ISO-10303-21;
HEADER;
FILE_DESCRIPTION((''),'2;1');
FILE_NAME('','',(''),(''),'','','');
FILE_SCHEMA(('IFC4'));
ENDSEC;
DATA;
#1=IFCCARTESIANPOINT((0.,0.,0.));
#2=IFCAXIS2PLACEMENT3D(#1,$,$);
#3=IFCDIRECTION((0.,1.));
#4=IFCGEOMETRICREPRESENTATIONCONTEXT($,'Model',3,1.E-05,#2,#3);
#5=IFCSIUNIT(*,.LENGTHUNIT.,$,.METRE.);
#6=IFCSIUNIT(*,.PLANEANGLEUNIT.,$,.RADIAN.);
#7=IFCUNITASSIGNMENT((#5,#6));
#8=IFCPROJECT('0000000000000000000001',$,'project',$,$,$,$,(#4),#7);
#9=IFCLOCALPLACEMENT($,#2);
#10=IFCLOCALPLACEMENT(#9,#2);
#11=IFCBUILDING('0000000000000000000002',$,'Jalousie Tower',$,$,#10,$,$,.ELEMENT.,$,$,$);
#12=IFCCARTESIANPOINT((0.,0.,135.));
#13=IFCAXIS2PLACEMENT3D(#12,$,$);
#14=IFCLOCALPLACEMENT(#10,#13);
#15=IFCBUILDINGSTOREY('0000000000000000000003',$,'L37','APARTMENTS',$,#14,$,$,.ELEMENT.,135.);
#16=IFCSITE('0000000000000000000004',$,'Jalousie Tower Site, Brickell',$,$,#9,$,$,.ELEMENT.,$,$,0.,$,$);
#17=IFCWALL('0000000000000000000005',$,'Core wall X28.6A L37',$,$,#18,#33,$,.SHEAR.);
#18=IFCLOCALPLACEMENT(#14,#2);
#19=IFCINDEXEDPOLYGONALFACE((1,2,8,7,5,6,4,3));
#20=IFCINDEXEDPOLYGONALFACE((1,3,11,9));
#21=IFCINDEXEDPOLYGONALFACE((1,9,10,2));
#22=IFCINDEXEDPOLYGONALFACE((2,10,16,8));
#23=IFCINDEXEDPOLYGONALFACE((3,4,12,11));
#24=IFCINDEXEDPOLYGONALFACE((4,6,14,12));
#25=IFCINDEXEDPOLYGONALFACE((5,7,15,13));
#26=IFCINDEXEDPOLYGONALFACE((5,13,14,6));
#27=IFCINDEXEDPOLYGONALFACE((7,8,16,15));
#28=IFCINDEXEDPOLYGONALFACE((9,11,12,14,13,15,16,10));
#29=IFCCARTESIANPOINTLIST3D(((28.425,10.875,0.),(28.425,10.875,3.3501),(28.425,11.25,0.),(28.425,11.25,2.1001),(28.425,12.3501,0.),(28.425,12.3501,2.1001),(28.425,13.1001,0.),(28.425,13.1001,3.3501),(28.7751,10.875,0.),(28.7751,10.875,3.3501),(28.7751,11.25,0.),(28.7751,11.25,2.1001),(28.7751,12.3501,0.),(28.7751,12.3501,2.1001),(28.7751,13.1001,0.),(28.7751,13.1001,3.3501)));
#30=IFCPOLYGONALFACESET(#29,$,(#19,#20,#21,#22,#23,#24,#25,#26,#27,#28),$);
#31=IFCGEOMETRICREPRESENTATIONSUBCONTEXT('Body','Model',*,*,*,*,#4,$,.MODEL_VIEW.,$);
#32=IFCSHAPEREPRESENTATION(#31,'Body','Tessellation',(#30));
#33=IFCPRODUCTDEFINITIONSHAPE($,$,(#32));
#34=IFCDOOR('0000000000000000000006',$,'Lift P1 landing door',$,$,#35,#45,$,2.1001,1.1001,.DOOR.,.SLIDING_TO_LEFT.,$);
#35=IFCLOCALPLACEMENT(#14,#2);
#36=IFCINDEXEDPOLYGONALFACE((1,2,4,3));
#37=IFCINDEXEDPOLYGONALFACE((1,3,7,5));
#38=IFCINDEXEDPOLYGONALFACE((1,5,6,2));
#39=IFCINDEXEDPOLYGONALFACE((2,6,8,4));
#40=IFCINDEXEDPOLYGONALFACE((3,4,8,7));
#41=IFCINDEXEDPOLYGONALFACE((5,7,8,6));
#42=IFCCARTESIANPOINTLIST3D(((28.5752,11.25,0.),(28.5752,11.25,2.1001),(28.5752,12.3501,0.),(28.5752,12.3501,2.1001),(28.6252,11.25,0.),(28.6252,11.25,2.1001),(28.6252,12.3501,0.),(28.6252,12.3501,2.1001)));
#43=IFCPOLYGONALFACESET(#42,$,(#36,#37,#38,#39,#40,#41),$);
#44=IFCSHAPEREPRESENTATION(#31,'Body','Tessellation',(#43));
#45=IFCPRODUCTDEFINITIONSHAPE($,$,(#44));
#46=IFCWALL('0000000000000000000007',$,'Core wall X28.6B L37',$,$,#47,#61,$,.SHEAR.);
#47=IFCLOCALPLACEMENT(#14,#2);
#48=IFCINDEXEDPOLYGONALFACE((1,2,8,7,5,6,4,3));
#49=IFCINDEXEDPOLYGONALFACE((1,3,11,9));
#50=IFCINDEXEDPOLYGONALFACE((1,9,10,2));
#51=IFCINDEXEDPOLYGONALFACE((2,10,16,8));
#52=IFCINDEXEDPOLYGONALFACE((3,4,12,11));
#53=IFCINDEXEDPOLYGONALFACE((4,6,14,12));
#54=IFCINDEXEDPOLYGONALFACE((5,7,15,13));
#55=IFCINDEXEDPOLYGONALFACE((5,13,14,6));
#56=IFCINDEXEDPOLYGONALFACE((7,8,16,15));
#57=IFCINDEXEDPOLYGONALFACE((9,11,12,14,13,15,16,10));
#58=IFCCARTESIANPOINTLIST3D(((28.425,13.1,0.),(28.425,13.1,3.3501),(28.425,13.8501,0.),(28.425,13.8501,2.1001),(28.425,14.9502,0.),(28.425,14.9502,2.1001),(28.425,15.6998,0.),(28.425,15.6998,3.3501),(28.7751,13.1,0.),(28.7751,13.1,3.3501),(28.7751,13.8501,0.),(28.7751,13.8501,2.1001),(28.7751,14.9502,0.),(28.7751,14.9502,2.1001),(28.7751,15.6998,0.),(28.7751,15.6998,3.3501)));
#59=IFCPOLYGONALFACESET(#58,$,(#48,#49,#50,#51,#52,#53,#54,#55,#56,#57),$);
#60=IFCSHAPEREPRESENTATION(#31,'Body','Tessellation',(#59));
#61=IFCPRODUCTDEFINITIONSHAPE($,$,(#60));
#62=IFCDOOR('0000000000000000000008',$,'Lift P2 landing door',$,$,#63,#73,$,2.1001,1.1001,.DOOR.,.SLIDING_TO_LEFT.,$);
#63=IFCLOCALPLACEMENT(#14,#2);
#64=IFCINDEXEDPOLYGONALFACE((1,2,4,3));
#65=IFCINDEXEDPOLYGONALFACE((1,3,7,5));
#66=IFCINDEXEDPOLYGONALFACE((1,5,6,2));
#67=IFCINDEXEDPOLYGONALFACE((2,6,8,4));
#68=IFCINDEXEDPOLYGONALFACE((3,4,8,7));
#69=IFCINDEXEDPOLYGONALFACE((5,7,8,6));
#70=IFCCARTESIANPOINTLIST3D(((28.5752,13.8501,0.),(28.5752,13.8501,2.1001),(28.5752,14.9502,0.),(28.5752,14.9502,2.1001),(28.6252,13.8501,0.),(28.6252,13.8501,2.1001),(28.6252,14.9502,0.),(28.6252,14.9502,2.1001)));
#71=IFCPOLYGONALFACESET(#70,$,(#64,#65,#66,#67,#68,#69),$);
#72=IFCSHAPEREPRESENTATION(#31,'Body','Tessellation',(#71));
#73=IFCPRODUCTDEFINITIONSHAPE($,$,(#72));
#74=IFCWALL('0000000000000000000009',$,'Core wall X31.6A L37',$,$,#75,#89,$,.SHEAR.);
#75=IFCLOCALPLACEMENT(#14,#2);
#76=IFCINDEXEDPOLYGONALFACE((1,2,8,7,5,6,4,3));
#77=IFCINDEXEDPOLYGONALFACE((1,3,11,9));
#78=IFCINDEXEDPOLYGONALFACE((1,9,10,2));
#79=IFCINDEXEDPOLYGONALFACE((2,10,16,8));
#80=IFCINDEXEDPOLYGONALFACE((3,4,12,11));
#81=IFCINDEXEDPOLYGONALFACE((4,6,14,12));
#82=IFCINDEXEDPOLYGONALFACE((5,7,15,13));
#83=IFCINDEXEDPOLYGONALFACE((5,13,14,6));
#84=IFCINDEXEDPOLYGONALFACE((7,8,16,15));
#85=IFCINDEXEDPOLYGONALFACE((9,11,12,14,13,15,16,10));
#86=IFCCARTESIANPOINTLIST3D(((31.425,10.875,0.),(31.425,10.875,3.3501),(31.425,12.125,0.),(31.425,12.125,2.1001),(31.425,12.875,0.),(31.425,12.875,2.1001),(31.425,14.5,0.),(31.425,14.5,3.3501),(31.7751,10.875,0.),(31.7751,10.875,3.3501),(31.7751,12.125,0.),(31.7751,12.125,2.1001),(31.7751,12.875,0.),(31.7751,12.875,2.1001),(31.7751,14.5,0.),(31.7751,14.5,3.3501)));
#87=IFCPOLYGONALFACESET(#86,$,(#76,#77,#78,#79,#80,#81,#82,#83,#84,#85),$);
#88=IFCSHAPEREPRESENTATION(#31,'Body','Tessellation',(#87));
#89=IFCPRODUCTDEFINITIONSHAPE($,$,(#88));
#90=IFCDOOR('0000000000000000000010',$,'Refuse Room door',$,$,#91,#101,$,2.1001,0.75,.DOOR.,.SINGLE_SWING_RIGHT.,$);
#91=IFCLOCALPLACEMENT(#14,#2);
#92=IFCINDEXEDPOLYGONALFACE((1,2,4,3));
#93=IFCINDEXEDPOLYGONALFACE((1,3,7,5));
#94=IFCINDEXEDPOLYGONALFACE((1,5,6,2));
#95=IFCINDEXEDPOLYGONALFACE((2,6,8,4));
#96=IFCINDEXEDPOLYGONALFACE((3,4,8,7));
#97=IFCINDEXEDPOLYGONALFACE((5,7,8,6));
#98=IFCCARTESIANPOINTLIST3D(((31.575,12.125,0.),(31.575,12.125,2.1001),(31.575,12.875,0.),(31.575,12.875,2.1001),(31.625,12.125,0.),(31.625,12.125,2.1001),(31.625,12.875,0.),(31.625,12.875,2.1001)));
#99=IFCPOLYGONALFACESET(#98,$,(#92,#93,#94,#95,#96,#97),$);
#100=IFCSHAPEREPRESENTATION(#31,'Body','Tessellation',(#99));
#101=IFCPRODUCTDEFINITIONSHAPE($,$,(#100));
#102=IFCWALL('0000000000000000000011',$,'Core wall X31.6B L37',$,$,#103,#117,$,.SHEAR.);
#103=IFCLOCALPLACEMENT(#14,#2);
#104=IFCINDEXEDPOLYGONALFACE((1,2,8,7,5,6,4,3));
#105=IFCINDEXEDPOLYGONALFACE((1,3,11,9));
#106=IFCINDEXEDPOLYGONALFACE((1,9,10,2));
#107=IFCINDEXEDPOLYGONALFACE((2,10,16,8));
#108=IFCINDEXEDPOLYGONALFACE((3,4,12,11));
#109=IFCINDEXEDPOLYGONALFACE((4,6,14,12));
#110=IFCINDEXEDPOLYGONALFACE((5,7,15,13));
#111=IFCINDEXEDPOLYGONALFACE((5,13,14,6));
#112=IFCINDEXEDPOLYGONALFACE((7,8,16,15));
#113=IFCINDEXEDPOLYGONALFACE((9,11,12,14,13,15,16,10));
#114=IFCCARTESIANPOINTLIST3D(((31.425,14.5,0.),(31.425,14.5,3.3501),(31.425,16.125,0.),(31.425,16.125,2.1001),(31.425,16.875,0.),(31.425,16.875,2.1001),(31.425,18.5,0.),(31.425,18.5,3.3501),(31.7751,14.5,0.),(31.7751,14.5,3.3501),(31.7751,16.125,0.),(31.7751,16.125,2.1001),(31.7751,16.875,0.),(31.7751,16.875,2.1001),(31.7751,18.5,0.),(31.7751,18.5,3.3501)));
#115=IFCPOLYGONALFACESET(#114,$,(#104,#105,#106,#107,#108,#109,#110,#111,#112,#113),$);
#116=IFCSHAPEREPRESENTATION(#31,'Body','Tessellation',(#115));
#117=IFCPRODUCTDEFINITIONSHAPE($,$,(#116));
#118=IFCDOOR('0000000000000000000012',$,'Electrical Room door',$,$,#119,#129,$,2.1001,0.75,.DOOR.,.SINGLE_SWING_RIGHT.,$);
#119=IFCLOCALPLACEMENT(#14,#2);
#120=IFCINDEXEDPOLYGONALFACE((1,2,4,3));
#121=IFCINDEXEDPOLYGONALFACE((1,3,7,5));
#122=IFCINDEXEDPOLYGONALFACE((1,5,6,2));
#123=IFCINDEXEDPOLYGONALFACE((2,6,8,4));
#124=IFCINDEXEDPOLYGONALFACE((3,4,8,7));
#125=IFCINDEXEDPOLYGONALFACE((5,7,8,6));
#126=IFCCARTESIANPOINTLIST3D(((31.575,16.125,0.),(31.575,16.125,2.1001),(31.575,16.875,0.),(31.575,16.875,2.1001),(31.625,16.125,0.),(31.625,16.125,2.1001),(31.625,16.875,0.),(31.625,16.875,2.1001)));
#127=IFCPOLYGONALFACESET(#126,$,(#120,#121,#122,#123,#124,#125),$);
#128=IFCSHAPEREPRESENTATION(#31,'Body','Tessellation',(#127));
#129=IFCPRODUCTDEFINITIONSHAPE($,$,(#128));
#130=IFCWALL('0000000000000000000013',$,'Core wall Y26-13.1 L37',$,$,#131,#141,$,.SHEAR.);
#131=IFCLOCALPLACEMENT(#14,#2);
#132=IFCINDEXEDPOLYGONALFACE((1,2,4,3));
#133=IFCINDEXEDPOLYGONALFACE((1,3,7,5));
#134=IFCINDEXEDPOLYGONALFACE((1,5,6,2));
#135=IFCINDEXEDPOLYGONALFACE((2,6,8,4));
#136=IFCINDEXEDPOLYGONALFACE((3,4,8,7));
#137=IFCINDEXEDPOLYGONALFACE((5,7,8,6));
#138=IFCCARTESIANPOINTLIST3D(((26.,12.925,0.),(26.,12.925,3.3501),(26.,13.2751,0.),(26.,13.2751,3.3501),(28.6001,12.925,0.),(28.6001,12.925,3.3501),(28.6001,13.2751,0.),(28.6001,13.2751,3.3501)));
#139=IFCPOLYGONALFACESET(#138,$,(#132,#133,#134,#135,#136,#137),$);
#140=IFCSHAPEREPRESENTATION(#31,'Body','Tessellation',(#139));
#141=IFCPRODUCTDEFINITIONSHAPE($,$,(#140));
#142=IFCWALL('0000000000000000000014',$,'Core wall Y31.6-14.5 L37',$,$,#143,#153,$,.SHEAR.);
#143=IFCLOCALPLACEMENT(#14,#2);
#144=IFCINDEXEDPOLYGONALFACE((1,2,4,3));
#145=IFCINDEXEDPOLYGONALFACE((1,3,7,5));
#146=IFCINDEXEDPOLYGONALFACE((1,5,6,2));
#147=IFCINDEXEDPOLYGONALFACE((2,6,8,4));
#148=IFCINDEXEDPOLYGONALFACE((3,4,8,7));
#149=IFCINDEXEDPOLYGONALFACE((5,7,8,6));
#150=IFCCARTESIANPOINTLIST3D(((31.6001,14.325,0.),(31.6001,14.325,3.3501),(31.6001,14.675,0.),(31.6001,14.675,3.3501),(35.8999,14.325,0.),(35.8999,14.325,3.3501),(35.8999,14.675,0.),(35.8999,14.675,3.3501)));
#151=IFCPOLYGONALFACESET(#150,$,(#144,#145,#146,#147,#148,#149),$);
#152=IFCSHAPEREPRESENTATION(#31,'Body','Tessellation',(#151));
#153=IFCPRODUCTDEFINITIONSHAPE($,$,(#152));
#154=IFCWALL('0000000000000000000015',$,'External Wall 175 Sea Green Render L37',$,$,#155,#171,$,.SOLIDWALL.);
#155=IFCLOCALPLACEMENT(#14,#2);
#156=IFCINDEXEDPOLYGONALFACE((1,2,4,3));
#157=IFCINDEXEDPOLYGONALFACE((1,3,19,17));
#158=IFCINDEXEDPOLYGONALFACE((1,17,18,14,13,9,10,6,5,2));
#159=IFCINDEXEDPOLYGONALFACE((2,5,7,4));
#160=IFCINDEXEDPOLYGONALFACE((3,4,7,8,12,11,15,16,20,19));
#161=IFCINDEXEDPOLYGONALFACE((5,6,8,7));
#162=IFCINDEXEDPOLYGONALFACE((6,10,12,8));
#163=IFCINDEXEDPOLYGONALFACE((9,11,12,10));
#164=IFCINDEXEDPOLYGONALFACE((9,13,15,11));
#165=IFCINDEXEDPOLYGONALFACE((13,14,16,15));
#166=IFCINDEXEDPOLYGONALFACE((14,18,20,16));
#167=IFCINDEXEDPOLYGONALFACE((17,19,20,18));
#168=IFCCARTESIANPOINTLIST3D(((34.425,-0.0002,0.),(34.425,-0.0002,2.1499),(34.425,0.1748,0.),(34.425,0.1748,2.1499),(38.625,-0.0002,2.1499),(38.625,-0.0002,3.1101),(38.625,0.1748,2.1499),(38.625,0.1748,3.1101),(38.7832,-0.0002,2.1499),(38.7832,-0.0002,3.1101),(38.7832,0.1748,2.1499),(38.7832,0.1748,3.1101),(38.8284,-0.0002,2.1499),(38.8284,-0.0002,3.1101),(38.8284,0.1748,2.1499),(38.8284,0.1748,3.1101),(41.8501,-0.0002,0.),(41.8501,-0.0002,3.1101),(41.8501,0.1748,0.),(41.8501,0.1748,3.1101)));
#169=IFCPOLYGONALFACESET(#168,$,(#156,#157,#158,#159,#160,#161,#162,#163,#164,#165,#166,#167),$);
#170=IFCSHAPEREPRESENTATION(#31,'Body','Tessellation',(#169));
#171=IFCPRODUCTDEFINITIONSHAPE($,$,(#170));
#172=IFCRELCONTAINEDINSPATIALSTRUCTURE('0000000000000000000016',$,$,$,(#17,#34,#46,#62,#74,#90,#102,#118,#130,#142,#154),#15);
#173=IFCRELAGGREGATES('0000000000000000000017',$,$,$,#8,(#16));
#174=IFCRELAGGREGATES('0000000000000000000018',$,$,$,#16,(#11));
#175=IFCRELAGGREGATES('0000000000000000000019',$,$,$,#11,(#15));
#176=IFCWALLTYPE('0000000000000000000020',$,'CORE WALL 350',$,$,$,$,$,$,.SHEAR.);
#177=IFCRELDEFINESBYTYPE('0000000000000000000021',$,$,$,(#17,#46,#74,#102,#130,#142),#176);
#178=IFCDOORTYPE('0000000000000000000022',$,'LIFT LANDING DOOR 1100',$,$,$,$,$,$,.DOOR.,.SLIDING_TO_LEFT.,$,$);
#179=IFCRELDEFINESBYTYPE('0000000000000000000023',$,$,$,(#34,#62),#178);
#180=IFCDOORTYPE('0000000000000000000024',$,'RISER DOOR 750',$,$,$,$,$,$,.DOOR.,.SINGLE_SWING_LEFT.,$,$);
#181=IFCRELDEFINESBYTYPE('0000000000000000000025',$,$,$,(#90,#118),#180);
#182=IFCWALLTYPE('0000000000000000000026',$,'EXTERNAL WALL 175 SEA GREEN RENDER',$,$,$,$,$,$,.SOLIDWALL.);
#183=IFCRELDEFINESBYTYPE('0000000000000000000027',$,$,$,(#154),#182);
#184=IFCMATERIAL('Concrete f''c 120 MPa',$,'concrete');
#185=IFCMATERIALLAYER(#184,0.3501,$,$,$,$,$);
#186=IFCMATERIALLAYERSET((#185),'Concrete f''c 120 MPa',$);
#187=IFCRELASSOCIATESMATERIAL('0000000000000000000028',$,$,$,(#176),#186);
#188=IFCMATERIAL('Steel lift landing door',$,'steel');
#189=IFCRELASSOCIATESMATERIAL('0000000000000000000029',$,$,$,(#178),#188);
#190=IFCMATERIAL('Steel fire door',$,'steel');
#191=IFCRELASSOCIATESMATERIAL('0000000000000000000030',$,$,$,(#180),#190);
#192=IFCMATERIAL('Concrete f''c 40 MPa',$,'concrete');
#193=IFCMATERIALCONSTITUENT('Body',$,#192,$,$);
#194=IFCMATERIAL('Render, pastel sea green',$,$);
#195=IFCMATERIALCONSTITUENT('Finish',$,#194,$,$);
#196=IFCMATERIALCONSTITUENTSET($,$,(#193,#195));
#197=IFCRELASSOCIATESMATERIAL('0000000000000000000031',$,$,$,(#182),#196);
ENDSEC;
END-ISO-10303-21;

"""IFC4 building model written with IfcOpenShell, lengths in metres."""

from ifc_helpers import new_model, si_unit, direction, frame, frame_2d, origin, place, context, subcontext, project, spatial, polyline, rectangle, outline, extrude, material, layer, layer_set, constituent, constituent_set, type_object, element, fill, save


model = new_model("IFC4")

# Units and contexts
model_context = context("Model", 3, precision=1e-05, world=origin(), true_north=direction((0.0, 1.0)))
body_context = subcontext(model_context, "Body", "Model", "MODEL_VIEW")
ifc_project = project(units=[si_unit("LENGTHUNIT", "METRE"), si_unit("PLANEANGLEUNIT", "RADIAN")], contexts=[model_context])

# Site, building, storey
site_placement = place(None, origin())
site = spatial("IfcSite", under=ifc_project, at=site_placement, Name="Jalousie Tower Site, Brickell", CompositionType="ELEMENT", RefElevation=0.0)
building_placement = place(site_placement, origin())
building = spatial("IfcBuilding", under=site, at=building_placement, Name="Jalousie Tower", CompositionType="ELEMENT")
storey_placement = place(building_placement, frame((0.0, 0.0, 135.0)))
storey = spatial("IfcBuildingStorey", under=building, at=storey_placement, Name="L37", Description="APARTMENTS", CompositionType="ELEMENT", Elevation=135.0)

# Walls, openings, doors
ifc_material_1 = material(Name="Concrete f'c 120 MPa", Category="concrete")
ifc_layer_1 = layer(ifc_material_1, 0.3501)
ifc_layer_set_1 = layer_set([ifc_layer_1], Name="Concrete f'c 120 MPa")
wall_type_1 = type_object("IfcWallType", Name="CORE WALL 350", PredefinedType="SHEAR", material=ifc_layer_set_1)
wall_1_placement = place(storey_placement, frame((28.6001, 10.875, 0.0), z_axis=(0.0, 0.0, 1.0), x_axis=(0.0, 1.0, 0.0)))
wall_1 = element("IfcWall", 1, at=wall_1_placement, inside=storey, type_object=wall_type_1, Name="Core wall X28.6A L37", PredefinedType="SHEAR", context=body_context, shape_type="SweptSolid", body=[
    extrude(rectangle(XDim=2.2251, YDim=0.3501, at=frame_2d((1.1125, 0.0))), origin(), (0.0, 0.0, 1.0), 3.3501),
])
opening_1_placement = place(wall_1_placement, frame((0.375, 0.0, 0.0)))
opening_1 = element("IfcOpeningElement", 2, at=opening_1_placement, cuts=wall_1, PredefinedType="OPENING", context=body_context, shape_type="SweptSolid", body=[
    extrude(rectangle(XDim=1.1001, YDim=2.1001, at=frame_2d((0.55, 1.05))), frame((0.0, 0.1851, 0.0), z_axis=(0.0, -1.0, 0.0), x_axis=(1.0, 0.0, 0.0)), (0.0, 0.0, 1.0), 0.3701),
])
ifc_material_2 = material(Name="Steel lift landing door", Category="steel")
door_type_1 = type_object("IfcDoorType", Name="LIFT LANDING DOOR 1100", OperationType="SLIDING_TO_LEFT", PredefinedType="DOOR", material=ifc_material_2)
door_1_placement = place(opening_1_placement, origin())
door_1 = element("IfcDoor", 3, at=door_1_placement, inside=storey, type_object=door_type_1, Name="Lift P1 landing door", OperationType="SLIDING_TO_LEFT", OverallHeight=2.1001, OverallWidth=1.1001, PredefinedType="DOOR", context=body_context, shape_type="SweptSolid", body=[
    extrude(rectangle(XDim=1.1001, YDim=2.1001, at=frame_2d((0.55, 1.05))), frame((0.0, 0.0249, 0.0), z_axis=(0.0, -1.0, 0.0), x_axis=(1.0, 0.0, 0.0)), (0.0, 0.0, 1.0), 0.05),
])
fill(opening_1, door_1)
wall_2_placement = place(storey_placement, frame((28.6001, 13.1001, 0.0), z_axis=(0.0, 0.0, 1.0), x_axis=(0.0, 1.0, 0.0)))
wall_2 = element("IfcWall", 4, at=wall_2_placement, inside=storey, type_object=wall_type_1, Name="Core wall X28.6B L37", PredefinedType="SHEAR", context=body_context, shape_type="SweptSolid", body=[
    extrude(rectangle(XDim=2.5999, YDim=0.3501, at=frame_2d((1.2998, 0.0))), origin(), (0.0, 0.0, 1.0), 3.3501),
])
opening_2_placement = place(wall_2_placement, frame((0.75, 0.0, 0.0)))
opening_2 = element("IfcOpeningElement", 5, at=opening_2_placement, cuts=wall_2, PredefinedType="OPENING", context=body_context, shape_type="SweptSolid", body=[
    extrude(rectangle(XDim=1.1001, YDim=2.1001, at=frame_2d((0.55, 1.05))), frame((0.0, 0.1851, 0.0), z_axis=(0.0, -1.0, 0.0), x_axis=(1.0, 0.0, 0.0)), (0.0, 0.0, 1.0), 0.3701),
])
door_2_placement = place(opening_2_placement, origin())
door_2 = element("IfcDoor", 6, at=door_2_placement, inside=storey, type_object=door_type_1, Name="Lift P2 landing door", OperationType="SLIDING_TO_LEFT", OverallHeight=2.1001, OverallWidth=1.1001, PredefinedType="DOOR", context=body_context, shape_type="SweptSolid", body=[
    extrude(rectangle(XDim=1.1001, YDim=2.1001, at=frame_2d((0.55, 1.05))), frame((0.0, 0.0249, 0.0), z_axis=(0.0, -1.0, 0.0), x_axis=(1.0, 0.0, 0.0)), (0.0, 0.0, 1.0), 0.05),
])
fill(opening_2, door_2)
wall_3_placement = place(storey_placement, frame((31.6001, 10.875, 0.0), z_axis=(0.0, 0.0, 1.0), x_axis=(0.0, 1.0, 0.0)))
wall_3 = element("IfcWall", 7, at=wall_3_placement, inside=storey, type_object=wall_type_1, Name="Core wall X31.6A L37", PredefinedType="SHEAR", context=body_context, shape_type="SweptSolid", body=[
    extrude(rectangle(XDim=3.625, YDim=0.3501, at=frame_2d((1.8125, 0.0))), origin(), (0.0, 0.0, 1.0), 3.3501),
])
opening_3_placement = place(wall_3_placement, frame((1.25, 0.0, 0.0)))
opening_3 = element("IfcOpeningElement", 8, at=opening_3_placement, cuts=wall_3, PredefinedType="OPENING", context=body_context, shape_type="SweptSolid", body=[
    extrude(rectangle(XDim=0.75, YDim=2.1001, at=frame_2d((0.375, 1.05))), frame((0.0, 0.1851, 0.0), z_axis=(0.0, -1.0, 0.0), x_axis=(1.0, 0.0, 0.0)), (0.0, 0.0, 1.0), 0.3701),
])
ifc_material_3 = material(Name="Steel fire door", Category="steel")
door_type_2 = type_object("IfcDoorType", Name="RISER DOOR 750", OperationType="SINGLE_SWING_LEFT", PredefinedType="DOOR", material=ifc_material_3)
door_3_placement = place(opening_3_placement, frame((0.75, 0.0, 0.0), z_axis=(0.0, 0.0, 1.0), x_axis=(-1.0, 0.0, 0.0)))
door_3 = element("IfcDoor", 9, at=door_3_placement, inside=storey, type_object=door_type_2, Name="Refuse Room door", OperationType="SINGLE_SWING_RIGHT", OverallHeight=2.1001, OverallWidth=0.75, PredefinedType="DOOR", context=body_context, shape_type="SweptSolid", body=[
    extrude(rectangle(XDim=0.75, YDim=2.1001, at=frame_2d((0.375, 1.05))), frame((0.0, 0.0249, 0.0), z_axis=(0.0, -1.0, 0.0), x_axis=(1.0, 0.0, 0.0)), (0.0, 0.0, 1.0), 0.05),
])
fill(opening_3, door_3)
wall_4_placement = place(storey_placement, frame((31.6001, 14.5, 0.0), z_axis=(0.0, 0.0, 1.0), x_axis=(0.0, 1.0, 0.0)))
wall_4 = element("IfcWall", 10, at=wall_4_placement, inside=storey, type_object=wall_type_1, Name="Core wall X31.6B L37", PredefinedType="SHEAR", context=body_context, shape_type="SweptSolid", body=[
    extrude(rectangle(XDim=4.0, YDim=0.3501, at=frame_2d((2.0, 0.0))), origin(), (0.0, 0.0, 1.0), 3.3501),
])
opening_4_placement = place(wall_4_placement, frame((1.625, 0.0, 0.0)))
opening_4 = element("IfcOpeningElement", 11, at=opening_4_placement, cuts=wall_4, PredefinedType="OPENING", context=body_context, shape_type="SweptSolid", body=[
    extrude(rectangle(XDim=0.75, YDim=2.1001, at=frame_2d((0.375, 1.05))), frame((0.0, 0.1851, 0.0), z_axis=(0.0, -1.0, 0.0), x_axis=(1.0, 0.0, 0.0)), (0.0, 0.0, 1.0), 0.3701),
])
door_4_placement = place(opening_4_placement, frame((0.75, 0.0, 0.0), z_axis=(0.0, 0.0, 1.0), x_axis=(-1.0, 0.0, 0.0)))
door_4 = element("IfcDoor", 12, at=door_4_placement, inside=storey, type_object=door_type_2, Name="Electrical Room door", OperationType="SINGLE_SWING_RIGHT", OverallHeight=2.1001, OverallWidth=0.75, PredefinedType="DOOR", context=body_context, shape_type="SweptSolid", body=[
    extrude(rectangle(XDim=0.75, YDim=2.1001, at=frame_2d((0.375, 1.05))), frame((0.0, 0.0249, 0.0), z_axis=(0.0, -1.0, 0.0), x_axis=(1.0, 0.0, 0.0)), (0.0, 0.0, 1.0), 0.05),
])
fill(opening_4, door_4)

# Walls
wall_5_placement = place(storey_placement, frame((26.0, 13.1001, 0.0), z_axis=(0.0, 0.0, 1.0), x_axis=(1.0, 0.0, 0.0)))
element("IfcWall", 13, at=wall_5_placement, inside=storey, type_object=wall_type_1, Name="Core wall Y26-13.1 L37", PredefinedType="SHEAR", context=body_context, shape_type="SweptSolid", body=[
    extrude(rectangle(XDim=2.6001, YDim=0.3501, at=frame_2d((1.3, 0.0))), origin(), (0.0, 0.0, 1.0), 3.3501),
])
wall_6_placement = place(storey_placement, frame((31.6001, 14.5, 0.0), z_axis=(0.0, 0.0, 1.0), x_axis=(1.0, 0.0, 0.0)))
element("IfcWall", 14, at=wall_6_placement, inside=storey, type_object=wall_type_1, Name="Core wall Y31.6-14.5 L37", PredefinedType="SHEAR", context=body_context, shape_type="SweptSolid", body=[
    extrude(rectangle(XDim=4.2998, YDim=0.3501, at=frame_2d((2.1499, 0.0))), origin(), (0.0, 0.0, 1.0), 3.3501),
])
ifc_material_4 = material(Name="Concrete f'c 40 MPa", Category="concrete")
ifc_constituent_1 = constituent(ifc_material_4, Name="Body")
ifc_material_5 = material(Name="Render, pastel sea green")
ifc_constituent_2 = constituent(ifc_material_5, Name="Finish")
ifc_constituent_set = constituent_set(constituents=[ifc_constituent_1, ifc_constituent_2])
wall_type_2 = type_object("IfcWallType", Name="EXTERNAL WALL 175 SEA GREEN RENDER", PredefinedType="SOLIDWALL", material=ifc_constituent_set)
wall_7_placement = place(storey_placement, frame((34.425, 0.0874, 0.0), z_axis=(0.0, 0.0, 1.0), x_axis=(1.0, 0.0, 0.0)))
element("IfcWall", 15, at=wall_7_placement, inside=storey, type_object=wall_type_2, Name="External Wall 175 Sea Green Render L37", PredefinedType="SOLIDWALL", context=body_context, shape_type="SweptSolid", body=[
    extrude(outline(polyline([(0.0, 0.0), (7.425, 0.0), (7.425, 3.1101), (4.4033, 3.1101), (4.4033, 2.1499), (4.3582, 2.1499), (4.3582, 3.1101), (4.2, 3.1101), (4.2, 2.1499), (0.0, 2.1499), (0.0, 0.0)])), frame((0.0, 0.0874, 0.0), z_axis=(0.0, -1.0, 0.0), x_axis=(1.0, 0.0, 0.0)), (0.0, 0.0, 1.0), 0.175),
])

save(model, "model.ifc")
